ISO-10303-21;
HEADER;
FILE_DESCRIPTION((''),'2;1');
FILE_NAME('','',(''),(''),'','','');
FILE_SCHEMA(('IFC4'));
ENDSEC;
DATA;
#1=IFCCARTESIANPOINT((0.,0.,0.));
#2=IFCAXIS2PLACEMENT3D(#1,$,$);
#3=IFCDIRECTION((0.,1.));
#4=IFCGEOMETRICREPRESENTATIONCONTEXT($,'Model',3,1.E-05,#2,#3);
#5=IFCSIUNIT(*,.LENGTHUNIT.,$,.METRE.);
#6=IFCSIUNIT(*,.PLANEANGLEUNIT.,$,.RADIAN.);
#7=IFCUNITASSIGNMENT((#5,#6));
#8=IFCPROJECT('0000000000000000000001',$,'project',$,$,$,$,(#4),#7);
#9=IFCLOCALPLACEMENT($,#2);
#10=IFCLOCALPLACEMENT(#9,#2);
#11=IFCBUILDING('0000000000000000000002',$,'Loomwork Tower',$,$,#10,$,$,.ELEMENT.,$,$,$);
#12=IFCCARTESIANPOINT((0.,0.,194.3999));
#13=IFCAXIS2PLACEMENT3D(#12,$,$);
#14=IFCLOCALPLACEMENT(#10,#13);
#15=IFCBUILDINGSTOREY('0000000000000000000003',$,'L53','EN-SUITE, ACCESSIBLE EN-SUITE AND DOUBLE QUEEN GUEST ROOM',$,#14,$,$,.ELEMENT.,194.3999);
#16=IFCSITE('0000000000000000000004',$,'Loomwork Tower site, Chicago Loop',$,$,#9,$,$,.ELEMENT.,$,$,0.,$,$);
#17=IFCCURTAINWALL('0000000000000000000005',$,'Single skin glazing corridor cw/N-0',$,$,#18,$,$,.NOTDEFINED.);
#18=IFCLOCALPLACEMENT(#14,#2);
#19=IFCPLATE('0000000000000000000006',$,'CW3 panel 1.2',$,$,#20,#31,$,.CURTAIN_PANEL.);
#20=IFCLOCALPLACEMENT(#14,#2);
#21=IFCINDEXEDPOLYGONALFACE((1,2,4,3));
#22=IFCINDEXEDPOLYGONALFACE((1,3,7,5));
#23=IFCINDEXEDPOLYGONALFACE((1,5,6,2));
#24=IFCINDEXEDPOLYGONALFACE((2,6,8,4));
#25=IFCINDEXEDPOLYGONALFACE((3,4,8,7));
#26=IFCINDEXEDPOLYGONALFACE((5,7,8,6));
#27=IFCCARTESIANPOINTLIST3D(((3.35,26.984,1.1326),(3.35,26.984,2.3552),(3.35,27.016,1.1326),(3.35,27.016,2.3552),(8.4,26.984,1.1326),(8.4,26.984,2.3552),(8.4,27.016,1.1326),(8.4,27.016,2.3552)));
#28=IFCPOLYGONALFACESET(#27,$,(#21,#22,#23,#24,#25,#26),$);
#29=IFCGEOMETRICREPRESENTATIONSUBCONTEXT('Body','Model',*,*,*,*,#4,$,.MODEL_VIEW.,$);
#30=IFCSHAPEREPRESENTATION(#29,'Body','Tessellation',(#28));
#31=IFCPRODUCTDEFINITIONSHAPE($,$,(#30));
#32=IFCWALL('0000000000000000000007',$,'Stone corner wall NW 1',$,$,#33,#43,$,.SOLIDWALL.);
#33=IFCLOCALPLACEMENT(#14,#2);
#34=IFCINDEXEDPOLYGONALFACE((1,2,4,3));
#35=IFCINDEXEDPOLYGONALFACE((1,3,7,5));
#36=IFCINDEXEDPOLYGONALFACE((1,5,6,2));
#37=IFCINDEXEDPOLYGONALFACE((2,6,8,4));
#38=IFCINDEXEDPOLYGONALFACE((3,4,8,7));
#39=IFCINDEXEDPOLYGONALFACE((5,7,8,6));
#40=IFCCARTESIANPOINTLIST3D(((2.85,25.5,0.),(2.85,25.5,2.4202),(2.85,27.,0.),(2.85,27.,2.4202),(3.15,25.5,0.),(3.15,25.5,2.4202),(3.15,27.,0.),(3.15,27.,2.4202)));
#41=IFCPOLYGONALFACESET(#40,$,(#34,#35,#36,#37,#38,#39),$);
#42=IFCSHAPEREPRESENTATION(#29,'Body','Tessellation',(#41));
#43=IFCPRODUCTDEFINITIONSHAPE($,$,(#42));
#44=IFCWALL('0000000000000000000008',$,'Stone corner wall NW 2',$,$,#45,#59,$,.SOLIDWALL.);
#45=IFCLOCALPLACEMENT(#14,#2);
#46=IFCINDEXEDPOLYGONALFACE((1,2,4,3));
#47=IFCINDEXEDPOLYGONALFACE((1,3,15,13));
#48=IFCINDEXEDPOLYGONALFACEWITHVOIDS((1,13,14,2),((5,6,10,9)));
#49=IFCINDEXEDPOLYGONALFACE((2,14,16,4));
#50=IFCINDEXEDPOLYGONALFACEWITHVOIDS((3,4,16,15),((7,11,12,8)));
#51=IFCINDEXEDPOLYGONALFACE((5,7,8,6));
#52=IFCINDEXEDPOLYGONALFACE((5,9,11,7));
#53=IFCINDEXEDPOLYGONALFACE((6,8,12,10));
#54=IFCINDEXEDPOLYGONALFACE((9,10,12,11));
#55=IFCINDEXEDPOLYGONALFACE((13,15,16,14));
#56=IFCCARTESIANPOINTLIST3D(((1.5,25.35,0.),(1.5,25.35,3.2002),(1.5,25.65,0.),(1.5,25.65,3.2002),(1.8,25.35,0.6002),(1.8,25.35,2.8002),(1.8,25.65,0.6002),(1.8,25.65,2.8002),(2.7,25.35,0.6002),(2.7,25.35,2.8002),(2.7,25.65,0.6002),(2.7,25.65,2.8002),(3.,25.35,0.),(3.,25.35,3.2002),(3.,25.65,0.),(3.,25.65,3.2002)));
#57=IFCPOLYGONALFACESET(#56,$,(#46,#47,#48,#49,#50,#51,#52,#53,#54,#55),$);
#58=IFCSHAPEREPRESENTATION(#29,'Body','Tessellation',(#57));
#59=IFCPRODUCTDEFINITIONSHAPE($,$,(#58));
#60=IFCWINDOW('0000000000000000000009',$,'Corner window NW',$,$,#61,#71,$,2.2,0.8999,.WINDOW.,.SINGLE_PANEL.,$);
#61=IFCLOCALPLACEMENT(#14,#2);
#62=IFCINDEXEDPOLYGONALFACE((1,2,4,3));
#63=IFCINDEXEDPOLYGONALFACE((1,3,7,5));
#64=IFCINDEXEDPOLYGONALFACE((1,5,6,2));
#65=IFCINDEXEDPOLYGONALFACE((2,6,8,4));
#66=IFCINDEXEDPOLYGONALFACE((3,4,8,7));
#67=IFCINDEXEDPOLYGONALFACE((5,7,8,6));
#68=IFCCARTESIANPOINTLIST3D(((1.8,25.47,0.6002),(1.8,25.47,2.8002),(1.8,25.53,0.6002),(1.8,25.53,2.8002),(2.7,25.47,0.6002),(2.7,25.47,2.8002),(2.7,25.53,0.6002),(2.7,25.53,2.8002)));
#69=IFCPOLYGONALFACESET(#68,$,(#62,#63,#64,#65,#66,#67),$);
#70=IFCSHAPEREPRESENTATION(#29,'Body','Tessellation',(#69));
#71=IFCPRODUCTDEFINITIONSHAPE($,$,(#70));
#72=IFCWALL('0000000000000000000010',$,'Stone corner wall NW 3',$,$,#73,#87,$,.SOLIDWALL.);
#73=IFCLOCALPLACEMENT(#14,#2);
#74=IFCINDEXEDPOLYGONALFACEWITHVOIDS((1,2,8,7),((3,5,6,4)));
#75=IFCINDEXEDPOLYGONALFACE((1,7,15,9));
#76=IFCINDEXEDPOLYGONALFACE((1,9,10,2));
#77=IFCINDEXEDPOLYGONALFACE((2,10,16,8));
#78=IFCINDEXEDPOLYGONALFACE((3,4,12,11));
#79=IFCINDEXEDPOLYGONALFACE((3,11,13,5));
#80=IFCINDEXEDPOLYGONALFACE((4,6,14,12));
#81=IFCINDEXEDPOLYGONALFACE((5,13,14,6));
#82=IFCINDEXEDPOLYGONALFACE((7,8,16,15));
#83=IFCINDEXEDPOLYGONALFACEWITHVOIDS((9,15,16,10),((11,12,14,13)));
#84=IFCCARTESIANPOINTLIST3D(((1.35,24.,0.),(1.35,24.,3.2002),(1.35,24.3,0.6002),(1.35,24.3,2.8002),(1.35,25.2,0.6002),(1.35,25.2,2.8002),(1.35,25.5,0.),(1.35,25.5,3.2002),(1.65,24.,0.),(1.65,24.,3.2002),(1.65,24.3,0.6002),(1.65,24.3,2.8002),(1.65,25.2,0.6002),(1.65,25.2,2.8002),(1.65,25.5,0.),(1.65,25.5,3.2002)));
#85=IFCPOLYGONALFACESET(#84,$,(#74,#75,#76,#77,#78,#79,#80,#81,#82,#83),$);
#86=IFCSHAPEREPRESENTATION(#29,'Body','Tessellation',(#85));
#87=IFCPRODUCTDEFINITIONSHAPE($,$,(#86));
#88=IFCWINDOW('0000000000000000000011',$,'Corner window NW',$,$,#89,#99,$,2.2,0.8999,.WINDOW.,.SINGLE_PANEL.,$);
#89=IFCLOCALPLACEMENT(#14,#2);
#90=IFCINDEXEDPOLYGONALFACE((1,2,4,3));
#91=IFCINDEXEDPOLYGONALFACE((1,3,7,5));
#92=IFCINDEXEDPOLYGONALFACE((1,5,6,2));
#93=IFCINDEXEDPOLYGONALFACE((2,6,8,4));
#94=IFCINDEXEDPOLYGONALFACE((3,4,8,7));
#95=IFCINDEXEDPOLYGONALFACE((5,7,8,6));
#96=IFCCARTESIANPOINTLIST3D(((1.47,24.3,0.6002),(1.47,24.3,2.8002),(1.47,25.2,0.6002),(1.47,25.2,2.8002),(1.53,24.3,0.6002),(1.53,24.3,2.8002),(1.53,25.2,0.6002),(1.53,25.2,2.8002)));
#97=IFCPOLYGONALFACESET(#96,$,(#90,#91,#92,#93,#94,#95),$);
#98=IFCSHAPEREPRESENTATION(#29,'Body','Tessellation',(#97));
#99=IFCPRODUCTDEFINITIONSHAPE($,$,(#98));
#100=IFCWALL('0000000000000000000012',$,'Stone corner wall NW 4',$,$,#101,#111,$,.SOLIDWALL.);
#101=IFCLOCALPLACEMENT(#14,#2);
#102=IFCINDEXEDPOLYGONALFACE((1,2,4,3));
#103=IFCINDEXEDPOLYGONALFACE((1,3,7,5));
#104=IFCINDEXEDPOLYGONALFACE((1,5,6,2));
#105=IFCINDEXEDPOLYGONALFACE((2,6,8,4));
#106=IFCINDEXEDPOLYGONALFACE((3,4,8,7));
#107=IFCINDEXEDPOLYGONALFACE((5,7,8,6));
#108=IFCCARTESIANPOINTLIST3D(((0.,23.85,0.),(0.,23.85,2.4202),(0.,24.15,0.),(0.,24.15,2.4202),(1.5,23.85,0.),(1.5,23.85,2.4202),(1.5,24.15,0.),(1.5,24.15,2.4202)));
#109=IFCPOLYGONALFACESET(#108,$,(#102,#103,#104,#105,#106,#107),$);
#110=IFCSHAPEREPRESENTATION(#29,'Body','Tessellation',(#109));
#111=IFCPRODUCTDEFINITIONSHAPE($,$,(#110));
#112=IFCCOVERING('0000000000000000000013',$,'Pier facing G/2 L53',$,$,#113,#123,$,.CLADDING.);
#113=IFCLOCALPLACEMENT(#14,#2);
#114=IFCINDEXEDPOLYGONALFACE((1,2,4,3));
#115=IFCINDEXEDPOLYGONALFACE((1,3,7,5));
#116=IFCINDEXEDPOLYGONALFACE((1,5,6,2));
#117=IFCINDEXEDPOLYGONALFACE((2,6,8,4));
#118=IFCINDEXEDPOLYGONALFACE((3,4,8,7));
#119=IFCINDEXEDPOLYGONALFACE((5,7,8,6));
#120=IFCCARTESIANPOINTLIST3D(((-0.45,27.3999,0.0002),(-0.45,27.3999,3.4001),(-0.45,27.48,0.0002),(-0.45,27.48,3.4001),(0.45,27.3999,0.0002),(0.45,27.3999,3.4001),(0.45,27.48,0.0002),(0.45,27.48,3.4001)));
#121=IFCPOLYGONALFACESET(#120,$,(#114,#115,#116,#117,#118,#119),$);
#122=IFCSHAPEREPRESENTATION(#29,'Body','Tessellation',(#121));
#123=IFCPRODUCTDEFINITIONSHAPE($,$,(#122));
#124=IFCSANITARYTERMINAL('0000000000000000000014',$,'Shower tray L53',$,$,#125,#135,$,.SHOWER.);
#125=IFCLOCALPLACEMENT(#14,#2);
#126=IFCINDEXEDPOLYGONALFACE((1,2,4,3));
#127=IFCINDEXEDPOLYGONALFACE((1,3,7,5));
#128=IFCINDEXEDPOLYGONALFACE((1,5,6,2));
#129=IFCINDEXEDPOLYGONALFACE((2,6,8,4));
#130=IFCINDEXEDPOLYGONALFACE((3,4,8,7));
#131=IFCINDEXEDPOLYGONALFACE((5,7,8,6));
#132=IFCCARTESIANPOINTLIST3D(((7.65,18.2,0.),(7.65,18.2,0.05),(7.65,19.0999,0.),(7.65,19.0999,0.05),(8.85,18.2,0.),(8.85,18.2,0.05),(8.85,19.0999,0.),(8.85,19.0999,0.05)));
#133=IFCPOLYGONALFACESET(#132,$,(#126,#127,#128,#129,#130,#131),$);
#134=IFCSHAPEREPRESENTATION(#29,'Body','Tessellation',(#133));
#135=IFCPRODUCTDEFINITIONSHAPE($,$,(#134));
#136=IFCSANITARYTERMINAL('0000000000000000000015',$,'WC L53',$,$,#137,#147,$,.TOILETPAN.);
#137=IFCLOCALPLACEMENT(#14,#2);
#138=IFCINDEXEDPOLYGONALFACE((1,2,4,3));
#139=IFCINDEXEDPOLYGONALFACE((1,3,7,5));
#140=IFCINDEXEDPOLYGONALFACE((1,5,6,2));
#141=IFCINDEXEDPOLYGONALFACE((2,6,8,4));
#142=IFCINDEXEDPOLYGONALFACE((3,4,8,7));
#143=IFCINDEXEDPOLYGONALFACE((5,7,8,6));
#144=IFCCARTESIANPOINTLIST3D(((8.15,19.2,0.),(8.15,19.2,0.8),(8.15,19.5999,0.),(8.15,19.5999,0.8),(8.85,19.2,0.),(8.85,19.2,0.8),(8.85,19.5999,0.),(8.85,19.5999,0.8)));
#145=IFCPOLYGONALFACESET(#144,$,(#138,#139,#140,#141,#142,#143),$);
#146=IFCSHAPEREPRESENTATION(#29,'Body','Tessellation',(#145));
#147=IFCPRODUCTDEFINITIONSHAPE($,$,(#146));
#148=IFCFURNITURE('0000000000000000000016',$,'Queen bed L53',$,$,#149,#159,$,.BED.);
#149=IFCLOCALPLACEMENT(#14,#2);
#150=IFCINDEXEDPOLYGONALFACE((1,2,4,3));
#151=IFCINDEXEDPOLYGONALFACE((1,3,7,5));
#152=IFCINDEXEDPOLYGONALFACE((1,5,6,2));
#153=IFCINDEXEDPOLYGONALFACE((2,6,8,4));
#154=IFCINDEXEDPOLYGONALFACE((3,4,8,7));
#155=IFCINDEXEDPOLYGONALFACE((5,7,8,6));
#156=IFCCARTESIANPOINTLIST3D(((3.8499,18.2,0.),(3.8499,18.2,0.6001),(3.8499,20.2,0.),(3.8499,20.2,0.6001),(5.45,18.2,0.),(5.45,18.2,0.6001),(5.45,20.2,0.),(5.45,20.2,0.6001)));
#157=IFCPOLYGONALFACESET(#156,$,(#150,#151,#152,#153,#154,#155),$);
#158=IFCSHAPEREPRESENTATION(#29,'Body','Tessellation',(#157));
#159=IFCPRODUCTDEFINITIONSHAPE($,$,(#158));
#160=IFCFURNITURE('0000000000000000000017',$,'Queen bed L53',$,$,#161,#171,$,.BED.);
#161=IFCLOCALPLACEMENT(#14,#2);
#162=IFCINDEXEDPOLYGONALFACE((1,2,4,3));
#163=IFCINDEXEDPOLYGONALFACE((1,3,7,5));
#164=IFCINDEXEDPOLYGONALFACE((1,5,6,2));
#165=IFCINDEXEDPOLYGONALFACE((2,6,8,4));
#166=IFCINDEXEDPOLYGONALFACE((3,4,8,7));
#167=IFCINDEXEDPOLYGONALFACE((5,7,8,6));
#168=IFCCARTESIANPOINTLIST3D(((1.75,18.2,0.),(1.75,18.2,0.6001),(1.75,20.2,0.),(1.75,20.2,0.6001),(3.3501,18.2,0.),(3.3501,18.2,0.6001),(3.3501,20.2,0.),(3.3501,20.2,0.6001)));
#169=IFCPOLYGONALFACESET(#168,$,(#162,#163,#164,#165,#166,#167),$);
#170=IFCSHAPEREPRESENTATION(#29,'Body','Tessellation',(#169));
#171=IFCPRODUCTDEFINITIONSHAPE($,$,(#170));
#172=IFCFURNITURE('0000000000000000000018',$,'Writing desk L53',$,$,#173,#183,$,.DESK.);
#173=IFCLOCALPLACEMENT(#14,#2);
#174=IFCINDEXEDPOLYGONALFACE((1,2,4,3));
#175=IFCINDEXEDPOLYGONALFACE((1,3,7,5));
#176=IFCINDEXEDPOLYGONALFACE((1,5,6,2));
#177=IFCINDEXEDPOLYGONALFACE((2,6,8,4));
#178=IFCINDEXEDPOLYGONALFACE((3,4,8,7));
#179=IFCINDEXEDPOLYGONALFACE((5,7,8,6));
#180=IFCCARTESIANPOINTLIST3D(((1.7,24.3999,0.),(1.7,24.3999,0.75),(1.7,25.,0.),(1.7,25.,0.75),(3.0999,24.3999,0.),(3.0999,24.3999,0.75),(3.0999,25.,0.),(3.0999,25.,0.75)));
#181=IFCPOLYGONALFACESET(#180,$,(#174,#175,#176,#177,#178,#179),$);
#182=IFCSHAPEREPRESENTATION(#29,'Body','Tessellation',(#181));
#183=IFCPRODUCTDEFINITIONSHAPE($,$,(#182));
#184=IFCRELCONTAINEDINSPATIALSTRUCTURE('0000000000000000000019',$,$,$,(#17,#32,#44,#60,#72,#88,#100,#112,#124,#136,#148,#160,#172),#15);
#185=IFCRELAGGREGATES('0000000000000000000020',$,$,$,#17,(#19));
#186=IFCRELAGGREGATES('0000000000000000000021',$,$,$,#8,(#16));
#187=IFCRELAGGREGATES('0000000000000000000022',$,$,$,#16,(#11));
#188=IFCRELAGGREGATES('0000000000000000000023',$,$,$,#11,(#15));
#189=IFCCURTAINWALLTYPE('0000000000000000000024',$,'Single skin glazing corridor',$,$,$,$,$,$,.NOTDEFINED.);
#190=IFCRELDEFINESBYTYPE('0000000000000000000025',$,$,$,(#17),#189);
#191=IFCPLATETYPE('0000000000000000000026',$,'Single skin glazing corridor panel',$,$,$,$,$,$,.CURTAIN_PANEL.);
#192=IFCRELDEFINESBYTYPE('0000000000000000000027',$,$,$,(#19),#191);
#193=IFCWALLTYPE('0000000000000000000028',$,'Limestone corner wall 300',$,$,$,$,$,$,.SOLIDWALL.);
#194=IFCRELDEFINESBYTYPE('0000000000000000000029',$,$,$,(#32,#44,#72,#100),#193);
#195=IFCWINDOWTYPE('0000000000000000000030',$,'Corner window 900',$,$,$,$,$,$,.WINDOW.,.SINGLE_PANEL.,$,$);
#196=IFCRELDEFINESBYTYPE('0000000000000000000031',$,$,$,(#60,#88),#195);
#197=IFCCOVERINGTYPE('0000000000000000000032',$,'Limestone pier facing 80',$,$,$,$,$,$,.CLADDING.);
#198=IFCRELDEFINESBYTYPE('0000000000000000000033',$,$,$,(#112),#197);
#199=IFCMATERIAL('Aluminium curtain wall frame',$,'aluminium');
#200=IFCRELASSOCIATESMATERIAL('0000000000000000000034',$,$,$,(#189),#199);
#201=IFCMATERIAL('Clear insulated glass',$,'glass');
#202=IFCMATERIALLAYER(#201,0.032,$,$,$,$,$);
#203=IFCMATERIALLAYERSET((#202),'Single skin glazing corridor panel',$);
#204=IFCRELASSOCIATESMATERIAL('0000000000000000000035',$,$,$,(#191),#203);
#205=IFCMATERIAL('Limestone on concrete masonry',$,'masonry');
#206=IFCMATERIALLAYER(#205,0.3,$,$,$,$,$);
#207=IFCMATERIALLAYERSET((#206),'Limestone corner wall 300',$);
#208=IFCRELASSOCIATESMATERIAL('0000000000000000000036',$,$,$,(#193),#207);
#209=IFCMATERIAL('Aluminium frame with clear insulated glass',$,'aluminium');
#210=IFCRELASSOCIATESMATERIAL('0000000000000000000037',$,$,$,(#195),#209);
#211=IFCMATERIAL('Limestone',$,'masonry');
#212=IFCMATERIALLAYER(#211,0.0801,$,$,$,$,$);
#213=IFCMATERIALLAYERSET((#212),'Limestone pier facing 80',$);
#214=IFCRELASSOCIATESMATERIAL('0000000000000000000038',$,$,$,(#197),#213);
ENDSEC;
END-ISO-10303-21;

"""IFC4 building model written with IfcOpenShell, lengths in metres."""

from ifc_helpers import new_model, si_unit, direction, frame, frame_2d, origin, origin_2d, place, context, subcontext, project, spatial, rectangle, extrude, material, layer, layer_set, type_object, element, fill, aggregate, save


model = new_model("IFC4")

# Units and contexts
model_context = context("Model", 3, precision=1e-05, world=origin(), true_north=direction((0.0, 1.0)))
body_context = subcontext(model_context, "Body", "Model", "MODEL_VIEW")
ifc_project = project(units=[si_unit("LENGTHUNIT", "METRE"), si_unit("PLANEANGLEUNIT", "RADIAN")], contexts=[model_context])

# Site, building, storey
site_placement = place(None, origin())
site = spatial("IfcSite", under=ifc_project, at=site_placement, Name="Loomwork Tower site, Chicago Loop", CompositionType="ELEMENT", RefElevation=0.0)
building_placement = place(site_placement, origin())
building = spatial("IfcBuilding", under=site, at=building_placement, Name="Loomwork Tower", CompositionType="ELEMENT")
storey_placement = place(building_placement, frame((0.0, 0.0, 194.3999)))
storey = spatial("IfcBuildingStorey", under=building, at=storey_placement, Name="L53", Description="EN-SUITE, ACCESSIBLE EN-SUITE AND DOUBLE QUEEN GUEST ROOM", CompositionType="ELEMENT", Elevation=194.3999)

# Curtain wall
ifc_material_1 = material(Name="Aluminium curtain wall frame", Category="aluminium")
curtain_wall_type_1 = type_object("IfcCurtainWallType", Name="Single skin glazing corridor", PredefinedType="NOTDEFINED", material=ifc_material_1)
curtain_wall_1_placement = place(storey_placement, origin())
curtain_wall_1 = element("IfcCurtainWall", 1, at=curtain_wall_1_placement, inside=storey, type_object=curtain_wall_type_1, Name="Single skin glazing corridor cw/N-0", PredefinedType="NOTDEFINED")

# Plate
ifc_material_2 = material(Name="Clear insulated glass", Category="glass")
ifc_layer_1 = layer(ifc_material_2, 0.032)
ifc_layer_set_1 = layer_set([ifc_layer_1], Name="Single skin glazing corridor panel")
plate_type_1 = type_object("IfcPlateType", Name="Single skin glazing corridor panel", PredefinedType="CURTAIN_PANEL", material=ifc_layer_set_1)
plate_1_placement = place(storey_placement, frame((5.875, 27.0, 1.1326), z_axis=(0.0, 0.0, 1.0), x_axis=(-1.0, 0.0, 0.0)))
plate_1 = element("IfcPlate", 2, at=plate_1_placement, type_object=plate_type_1, Name="CW3 panel 1.2", PredefinedType="CURTAIN_PANEL", context=body_context, shape_type="SweptSolid", body=[
    extrude(rectangle(XDim=5.05, YDim=0.032, at=origin_2d()), origin(), (0.0, 0.0, 1.0), 1.2227),
])
aggregate(curtain_wall_1, [plate_1])

# Wall
ifc_material_3 = material(Name="Limestone on concrete masonry", Category="masonry")
ifc_layer_2 = layer(ifc_material_3, 0.3)
ifc_layer_set_2 = layer_set([ifc_layer_2], Name="Limestone corner wall 300")
wall_type = type_object("IfcWallType", Name="Limestone corner wall 300", PredefinedType="SOLIDWALL", material=ifc_layer_set_2)
wall_1_placement = place(storey_placement, frame((3.0, 27.0, 0.0), z_axis=(0.0, 0.0, 1.0), x_axis=(0.0, -1.0, 0.0)))
element("IfcWall", 3, at=wall_1_placement, inside=storey, type_object=wall_type, Name="Stone corner wall NW 1", PredefinedType="SOLIDWALL", context=body_context, shape_type="SweptSolid", body=[
    extrude(rectangle(XDim=1.5, YDim=0.3, at=frame_2d((0.75, 0.0))), origin(), (0.0, 0.0, 1.0), 2.4202),
])

# Walls, openings, windows
wall_2_placement = place(storey_placement, frame((3.0, 25.5, 0.0), z_axis=(0.0, 0.0, 1.0), x_axis=(-1.0, 0.0, 0.0)))
wall_2 = element("IfcWall", 4, at=wall_2_placement, inside=storey, type_object=wall_type, Name="Stone corner wall NW 2", PredefinedType="SOLIDWALL", context=body_context, shape_type="SweptSolid", body=[
    extrude(rectangle(XDim=1.5, YDim=0.3, at=frame_2d((0.75, 0.0))), origin(), (0.0, 0.0, 1.0), 3.2002),
])
opening_1_placement = place(wall_2_placement, frame((0.3, 0.0, 0.6001)))
opening_1 = element("IfcOpeningElement", 5, at=opening_1_placement, cuts=wall_2, PredefinedType="OPENING", context=body_context, shape_type="SweptSolid", body=[
    extrude(rectangle(XDim=0.8999, YDim=2.2, at=frame_2d((0.45, 1.1001))), frame((0.0, 0.1599, 0.0), z_axis=(0.0, -1.0, 0.0), x_axis=(1.0, 0.0, 0.0)), (0.0, 0.0, 1.0), 0.3201),
])
ifc_material_4 = material(Name="Aluminium frame with clear insulated glass", Category="aluminium")
window_type = type_object("IfcWindowType", Name="Corner window 900", PartitioningType="SINGLE_PANEL", PredefinedType="WINDOW", material=ifc_material_4)
window_1_placement = place(opening_1_placement, origin())
window_1 = element("IfcWindow", 6, at=window_1_placement, inside=storey, type_object=window_type, Name="Corner window NW", OverallHeight=2.2, OverallWidth=0.8999, PartitioningType="SINGLE_PANEL", PredefinedType="WINDOW", context=body_context, shape_type="SweptSolid", body=[
    extrude(rectangle(XDim=0.8999, YDim=2.2, at=frame_2d((0.45, 1.1001))), frame((0.0, 0.03, 0.0), z_axis=(0.0, -1.0, 0.0), x_axis=(1.0, 0.0, 0.0)), (0.0, 0.0, 1.0), 0.0601),
])
fill(opening_1, window_1)
wall_3_placement = place(storey_placement, frame((1.5, 25.5, 0.0), z_axis=(0.0, 0.0, 1.0), x_axis=(0.0, -1.0, 0.0)))
wall_3 = element("IfcWall", 7, at=wall_3_placement, inside=storey, type_object=wall_type, Name="Stone corner wall NW 3", PredefinedType="SOLIDWALL", context=body_context, shape_type="SweptSolid", body=[
    extrude(rectangle(XDim=1.5, YDim=0.3, at=frame_2d((0.75, 0.0))), origin(), (0.0, 0.0, 1.0), 3.2002),
])
opening_2_placement = place(wall_3_placement, frame((0.3, 0.0, 0.6001)))
opening_2 = element("IfcOpeningElement", 8, at=opening_2_placement, cuts=wall_3, PredefinedType="OPENING", context=body_context, shape_type="SweptSolid", body=[
    extrude(rectangle(XDim=0.8999, YDim=2.2, at=frame_2d((0.45, 1.1001))), frame((0.0, 0.1599, 0.0), z_axis=(0.0, -1.0, 0.0), x_axis=(1.0, 0.0, 0.0)), (0.0, 0.0, 1.0), 0.3201),
])
window_2_placement = place(opening_2_placement, origin())
window_2 = element("IfcWindow", 9, at=window_2_placement, inside=storey, type_object=window_type, Name="Corner window NW", OverallHeight=2.2, OverallWidth=0.8999, PartitioningType="SINGLE_PANEL", PredefinedType="WINDOW", context=body_context, shape_type="SweptSolid", body=[
    extrude(rectangle(XDim=0.8999, YDim=2.2, at=frame_2d((0.45, 1.1001))), frame((0.0, 0.03, 0.0), z_axis=(0.0, -1.0, 0.0), x_axis=(1.0, 0.0, 0.0)), (0.0, 0.0, 1.0), 0.0601),
])
fill(opening_2, window_2)

# Wall
wall_4_placement = place(storey_placement, frame((1.5, 24.0, 0.0), z_axis=(0.0, 0.0, 1.0), x_axis=(-1.0, 0.0, 0.0)))
element("IfcWall", 10, at=wall_4_placement, inside=storey, type_object=wall_type, Name="Stone corner wall NW 4", PredefinedType="SOLIDWALL", context=body_context, shape_type="SweptSolid", body=[
    extrude(rectangle(XDim=1.5, YDim=0.3, at=frame_2d((0.75, 0.0))), origin(), (0.0, 0.0, 1.0), 2.4202),
])

# Covering
ifc_material_5 = material(Name="Limestone", Category="masonry")
ifc_layer_3 = layer(ifc_material_5, 0.0801)
ifc_layer_set_3 = layer_set([ifc_layer_3], Name="Limestone pier facing 80")
covering_type = type_object("IfcCoveringType", Name="Limestone pier facing 80", PredefinedType="CLADDING", material=ifc_layer_set_3)
covering_placement = place(storey_placement, frame((0.0, 27.4399, 0.0002), z_axis=(0.0, 0.0, 1.0), x_axis=(1.0, 0.0, 0.0)))
element("IfcCovering", 11, at=covering_placement, inside=storey, type_object=covering_type, Name="Pier facing G/2 L53", PredefinedType="CLADDING", context=body_context, shape_type="SweptSolid", body=[
    extrude(rectangle(XDim=0.8999, YDim=0.0801, at=origin_2d()), origin(), (0.0, 0.0, 1.0), 3.3999),
])

# Sanitary terminals
sanitary_terminal_1_placement = place(storey_placement, frame((8.25, 18.6499, 0.0), z_axis=(0.0, 0.0, 1.0), x_axis=(1.0, 0.0, 0.0)))
element("IfcSanitaryTerminal", 12, at=sanitary_terminal_1_placement, inside=storey, Name="Shower tray L53", PredefinedType="SHOWER", context=body_context, shape_type="SweptSolid", body=[
    extrude(rectangle(XDim=1.2, YDim=0.8999, at=origin_2d()), origin(), (0.0, 0.0, 1.0), 0.05),
])
sanitary_terminal_2_placement = place(storey_placement, frame((8.5, 19.3999, 0.0), z_axis=(0.0, 0.0, 1.0), x_axis=(1.0, 0.0, 0.0)))
element("IfcSanitaryTerminal", 13, at=sanitary_terminal_2_placement, inside=storey, Name="WC L53", PredefinedType="TOILETPAN", context=body_context, shape_type="SweptSolid", body=[
    extrude(rectangle(XDim=0.7, YDim=0.3999, at=origin_2d()), origin(), (0.0, 0.0, 1.0), 0.8),
])

# Furniture
for number, where, z_axis, x_axis, name in (
    (14, (4.6499, 19.2, 0.0), (0.0, 0.0, 1.0), (1.0, 0.0, 0.0), "Queen bed L53"),
    (15, (2.55, 19.2, 0.0), (0.0, 0.0, 1.0), (1.0, 0.0, 0.0), "Queen bed L53"),
):
    element("IfcFurniture", number, at=place(storey_placement, frame(where, z_axis=z_axis, x_axis=x_axis)), inside=storey, Name=name, PredefinedType="BED", context=body_context, shape_type="SweptSolid", body=[
        extrude(rectangle(XDim=1.6001, YDim=2.0, at=origin_2d()), origin(), (0.0, 0.0, 1.0), 0.6001),
    ])
furniture_1_placement = place(storey_placement, frame((2.3999, 24.7, 0.0), z_axis=(0.0, 0.0, 1.0), x_axis=(1.0, 0.0, 0.0)))
element("IfcFurniture", 16, at=furniture_1_placement, inside=storey, Name="Writing desk L53", PredefinedType="DESK", context=body_context, shape_type="SweptSolid", body=[
    extrude(rectangle(XDim=1.3999, YDim=0.6001, at=origin_2d()), origin(), (0.0, 0.0, 1.0), 0.75),
])

save(model, "model.ifc")
